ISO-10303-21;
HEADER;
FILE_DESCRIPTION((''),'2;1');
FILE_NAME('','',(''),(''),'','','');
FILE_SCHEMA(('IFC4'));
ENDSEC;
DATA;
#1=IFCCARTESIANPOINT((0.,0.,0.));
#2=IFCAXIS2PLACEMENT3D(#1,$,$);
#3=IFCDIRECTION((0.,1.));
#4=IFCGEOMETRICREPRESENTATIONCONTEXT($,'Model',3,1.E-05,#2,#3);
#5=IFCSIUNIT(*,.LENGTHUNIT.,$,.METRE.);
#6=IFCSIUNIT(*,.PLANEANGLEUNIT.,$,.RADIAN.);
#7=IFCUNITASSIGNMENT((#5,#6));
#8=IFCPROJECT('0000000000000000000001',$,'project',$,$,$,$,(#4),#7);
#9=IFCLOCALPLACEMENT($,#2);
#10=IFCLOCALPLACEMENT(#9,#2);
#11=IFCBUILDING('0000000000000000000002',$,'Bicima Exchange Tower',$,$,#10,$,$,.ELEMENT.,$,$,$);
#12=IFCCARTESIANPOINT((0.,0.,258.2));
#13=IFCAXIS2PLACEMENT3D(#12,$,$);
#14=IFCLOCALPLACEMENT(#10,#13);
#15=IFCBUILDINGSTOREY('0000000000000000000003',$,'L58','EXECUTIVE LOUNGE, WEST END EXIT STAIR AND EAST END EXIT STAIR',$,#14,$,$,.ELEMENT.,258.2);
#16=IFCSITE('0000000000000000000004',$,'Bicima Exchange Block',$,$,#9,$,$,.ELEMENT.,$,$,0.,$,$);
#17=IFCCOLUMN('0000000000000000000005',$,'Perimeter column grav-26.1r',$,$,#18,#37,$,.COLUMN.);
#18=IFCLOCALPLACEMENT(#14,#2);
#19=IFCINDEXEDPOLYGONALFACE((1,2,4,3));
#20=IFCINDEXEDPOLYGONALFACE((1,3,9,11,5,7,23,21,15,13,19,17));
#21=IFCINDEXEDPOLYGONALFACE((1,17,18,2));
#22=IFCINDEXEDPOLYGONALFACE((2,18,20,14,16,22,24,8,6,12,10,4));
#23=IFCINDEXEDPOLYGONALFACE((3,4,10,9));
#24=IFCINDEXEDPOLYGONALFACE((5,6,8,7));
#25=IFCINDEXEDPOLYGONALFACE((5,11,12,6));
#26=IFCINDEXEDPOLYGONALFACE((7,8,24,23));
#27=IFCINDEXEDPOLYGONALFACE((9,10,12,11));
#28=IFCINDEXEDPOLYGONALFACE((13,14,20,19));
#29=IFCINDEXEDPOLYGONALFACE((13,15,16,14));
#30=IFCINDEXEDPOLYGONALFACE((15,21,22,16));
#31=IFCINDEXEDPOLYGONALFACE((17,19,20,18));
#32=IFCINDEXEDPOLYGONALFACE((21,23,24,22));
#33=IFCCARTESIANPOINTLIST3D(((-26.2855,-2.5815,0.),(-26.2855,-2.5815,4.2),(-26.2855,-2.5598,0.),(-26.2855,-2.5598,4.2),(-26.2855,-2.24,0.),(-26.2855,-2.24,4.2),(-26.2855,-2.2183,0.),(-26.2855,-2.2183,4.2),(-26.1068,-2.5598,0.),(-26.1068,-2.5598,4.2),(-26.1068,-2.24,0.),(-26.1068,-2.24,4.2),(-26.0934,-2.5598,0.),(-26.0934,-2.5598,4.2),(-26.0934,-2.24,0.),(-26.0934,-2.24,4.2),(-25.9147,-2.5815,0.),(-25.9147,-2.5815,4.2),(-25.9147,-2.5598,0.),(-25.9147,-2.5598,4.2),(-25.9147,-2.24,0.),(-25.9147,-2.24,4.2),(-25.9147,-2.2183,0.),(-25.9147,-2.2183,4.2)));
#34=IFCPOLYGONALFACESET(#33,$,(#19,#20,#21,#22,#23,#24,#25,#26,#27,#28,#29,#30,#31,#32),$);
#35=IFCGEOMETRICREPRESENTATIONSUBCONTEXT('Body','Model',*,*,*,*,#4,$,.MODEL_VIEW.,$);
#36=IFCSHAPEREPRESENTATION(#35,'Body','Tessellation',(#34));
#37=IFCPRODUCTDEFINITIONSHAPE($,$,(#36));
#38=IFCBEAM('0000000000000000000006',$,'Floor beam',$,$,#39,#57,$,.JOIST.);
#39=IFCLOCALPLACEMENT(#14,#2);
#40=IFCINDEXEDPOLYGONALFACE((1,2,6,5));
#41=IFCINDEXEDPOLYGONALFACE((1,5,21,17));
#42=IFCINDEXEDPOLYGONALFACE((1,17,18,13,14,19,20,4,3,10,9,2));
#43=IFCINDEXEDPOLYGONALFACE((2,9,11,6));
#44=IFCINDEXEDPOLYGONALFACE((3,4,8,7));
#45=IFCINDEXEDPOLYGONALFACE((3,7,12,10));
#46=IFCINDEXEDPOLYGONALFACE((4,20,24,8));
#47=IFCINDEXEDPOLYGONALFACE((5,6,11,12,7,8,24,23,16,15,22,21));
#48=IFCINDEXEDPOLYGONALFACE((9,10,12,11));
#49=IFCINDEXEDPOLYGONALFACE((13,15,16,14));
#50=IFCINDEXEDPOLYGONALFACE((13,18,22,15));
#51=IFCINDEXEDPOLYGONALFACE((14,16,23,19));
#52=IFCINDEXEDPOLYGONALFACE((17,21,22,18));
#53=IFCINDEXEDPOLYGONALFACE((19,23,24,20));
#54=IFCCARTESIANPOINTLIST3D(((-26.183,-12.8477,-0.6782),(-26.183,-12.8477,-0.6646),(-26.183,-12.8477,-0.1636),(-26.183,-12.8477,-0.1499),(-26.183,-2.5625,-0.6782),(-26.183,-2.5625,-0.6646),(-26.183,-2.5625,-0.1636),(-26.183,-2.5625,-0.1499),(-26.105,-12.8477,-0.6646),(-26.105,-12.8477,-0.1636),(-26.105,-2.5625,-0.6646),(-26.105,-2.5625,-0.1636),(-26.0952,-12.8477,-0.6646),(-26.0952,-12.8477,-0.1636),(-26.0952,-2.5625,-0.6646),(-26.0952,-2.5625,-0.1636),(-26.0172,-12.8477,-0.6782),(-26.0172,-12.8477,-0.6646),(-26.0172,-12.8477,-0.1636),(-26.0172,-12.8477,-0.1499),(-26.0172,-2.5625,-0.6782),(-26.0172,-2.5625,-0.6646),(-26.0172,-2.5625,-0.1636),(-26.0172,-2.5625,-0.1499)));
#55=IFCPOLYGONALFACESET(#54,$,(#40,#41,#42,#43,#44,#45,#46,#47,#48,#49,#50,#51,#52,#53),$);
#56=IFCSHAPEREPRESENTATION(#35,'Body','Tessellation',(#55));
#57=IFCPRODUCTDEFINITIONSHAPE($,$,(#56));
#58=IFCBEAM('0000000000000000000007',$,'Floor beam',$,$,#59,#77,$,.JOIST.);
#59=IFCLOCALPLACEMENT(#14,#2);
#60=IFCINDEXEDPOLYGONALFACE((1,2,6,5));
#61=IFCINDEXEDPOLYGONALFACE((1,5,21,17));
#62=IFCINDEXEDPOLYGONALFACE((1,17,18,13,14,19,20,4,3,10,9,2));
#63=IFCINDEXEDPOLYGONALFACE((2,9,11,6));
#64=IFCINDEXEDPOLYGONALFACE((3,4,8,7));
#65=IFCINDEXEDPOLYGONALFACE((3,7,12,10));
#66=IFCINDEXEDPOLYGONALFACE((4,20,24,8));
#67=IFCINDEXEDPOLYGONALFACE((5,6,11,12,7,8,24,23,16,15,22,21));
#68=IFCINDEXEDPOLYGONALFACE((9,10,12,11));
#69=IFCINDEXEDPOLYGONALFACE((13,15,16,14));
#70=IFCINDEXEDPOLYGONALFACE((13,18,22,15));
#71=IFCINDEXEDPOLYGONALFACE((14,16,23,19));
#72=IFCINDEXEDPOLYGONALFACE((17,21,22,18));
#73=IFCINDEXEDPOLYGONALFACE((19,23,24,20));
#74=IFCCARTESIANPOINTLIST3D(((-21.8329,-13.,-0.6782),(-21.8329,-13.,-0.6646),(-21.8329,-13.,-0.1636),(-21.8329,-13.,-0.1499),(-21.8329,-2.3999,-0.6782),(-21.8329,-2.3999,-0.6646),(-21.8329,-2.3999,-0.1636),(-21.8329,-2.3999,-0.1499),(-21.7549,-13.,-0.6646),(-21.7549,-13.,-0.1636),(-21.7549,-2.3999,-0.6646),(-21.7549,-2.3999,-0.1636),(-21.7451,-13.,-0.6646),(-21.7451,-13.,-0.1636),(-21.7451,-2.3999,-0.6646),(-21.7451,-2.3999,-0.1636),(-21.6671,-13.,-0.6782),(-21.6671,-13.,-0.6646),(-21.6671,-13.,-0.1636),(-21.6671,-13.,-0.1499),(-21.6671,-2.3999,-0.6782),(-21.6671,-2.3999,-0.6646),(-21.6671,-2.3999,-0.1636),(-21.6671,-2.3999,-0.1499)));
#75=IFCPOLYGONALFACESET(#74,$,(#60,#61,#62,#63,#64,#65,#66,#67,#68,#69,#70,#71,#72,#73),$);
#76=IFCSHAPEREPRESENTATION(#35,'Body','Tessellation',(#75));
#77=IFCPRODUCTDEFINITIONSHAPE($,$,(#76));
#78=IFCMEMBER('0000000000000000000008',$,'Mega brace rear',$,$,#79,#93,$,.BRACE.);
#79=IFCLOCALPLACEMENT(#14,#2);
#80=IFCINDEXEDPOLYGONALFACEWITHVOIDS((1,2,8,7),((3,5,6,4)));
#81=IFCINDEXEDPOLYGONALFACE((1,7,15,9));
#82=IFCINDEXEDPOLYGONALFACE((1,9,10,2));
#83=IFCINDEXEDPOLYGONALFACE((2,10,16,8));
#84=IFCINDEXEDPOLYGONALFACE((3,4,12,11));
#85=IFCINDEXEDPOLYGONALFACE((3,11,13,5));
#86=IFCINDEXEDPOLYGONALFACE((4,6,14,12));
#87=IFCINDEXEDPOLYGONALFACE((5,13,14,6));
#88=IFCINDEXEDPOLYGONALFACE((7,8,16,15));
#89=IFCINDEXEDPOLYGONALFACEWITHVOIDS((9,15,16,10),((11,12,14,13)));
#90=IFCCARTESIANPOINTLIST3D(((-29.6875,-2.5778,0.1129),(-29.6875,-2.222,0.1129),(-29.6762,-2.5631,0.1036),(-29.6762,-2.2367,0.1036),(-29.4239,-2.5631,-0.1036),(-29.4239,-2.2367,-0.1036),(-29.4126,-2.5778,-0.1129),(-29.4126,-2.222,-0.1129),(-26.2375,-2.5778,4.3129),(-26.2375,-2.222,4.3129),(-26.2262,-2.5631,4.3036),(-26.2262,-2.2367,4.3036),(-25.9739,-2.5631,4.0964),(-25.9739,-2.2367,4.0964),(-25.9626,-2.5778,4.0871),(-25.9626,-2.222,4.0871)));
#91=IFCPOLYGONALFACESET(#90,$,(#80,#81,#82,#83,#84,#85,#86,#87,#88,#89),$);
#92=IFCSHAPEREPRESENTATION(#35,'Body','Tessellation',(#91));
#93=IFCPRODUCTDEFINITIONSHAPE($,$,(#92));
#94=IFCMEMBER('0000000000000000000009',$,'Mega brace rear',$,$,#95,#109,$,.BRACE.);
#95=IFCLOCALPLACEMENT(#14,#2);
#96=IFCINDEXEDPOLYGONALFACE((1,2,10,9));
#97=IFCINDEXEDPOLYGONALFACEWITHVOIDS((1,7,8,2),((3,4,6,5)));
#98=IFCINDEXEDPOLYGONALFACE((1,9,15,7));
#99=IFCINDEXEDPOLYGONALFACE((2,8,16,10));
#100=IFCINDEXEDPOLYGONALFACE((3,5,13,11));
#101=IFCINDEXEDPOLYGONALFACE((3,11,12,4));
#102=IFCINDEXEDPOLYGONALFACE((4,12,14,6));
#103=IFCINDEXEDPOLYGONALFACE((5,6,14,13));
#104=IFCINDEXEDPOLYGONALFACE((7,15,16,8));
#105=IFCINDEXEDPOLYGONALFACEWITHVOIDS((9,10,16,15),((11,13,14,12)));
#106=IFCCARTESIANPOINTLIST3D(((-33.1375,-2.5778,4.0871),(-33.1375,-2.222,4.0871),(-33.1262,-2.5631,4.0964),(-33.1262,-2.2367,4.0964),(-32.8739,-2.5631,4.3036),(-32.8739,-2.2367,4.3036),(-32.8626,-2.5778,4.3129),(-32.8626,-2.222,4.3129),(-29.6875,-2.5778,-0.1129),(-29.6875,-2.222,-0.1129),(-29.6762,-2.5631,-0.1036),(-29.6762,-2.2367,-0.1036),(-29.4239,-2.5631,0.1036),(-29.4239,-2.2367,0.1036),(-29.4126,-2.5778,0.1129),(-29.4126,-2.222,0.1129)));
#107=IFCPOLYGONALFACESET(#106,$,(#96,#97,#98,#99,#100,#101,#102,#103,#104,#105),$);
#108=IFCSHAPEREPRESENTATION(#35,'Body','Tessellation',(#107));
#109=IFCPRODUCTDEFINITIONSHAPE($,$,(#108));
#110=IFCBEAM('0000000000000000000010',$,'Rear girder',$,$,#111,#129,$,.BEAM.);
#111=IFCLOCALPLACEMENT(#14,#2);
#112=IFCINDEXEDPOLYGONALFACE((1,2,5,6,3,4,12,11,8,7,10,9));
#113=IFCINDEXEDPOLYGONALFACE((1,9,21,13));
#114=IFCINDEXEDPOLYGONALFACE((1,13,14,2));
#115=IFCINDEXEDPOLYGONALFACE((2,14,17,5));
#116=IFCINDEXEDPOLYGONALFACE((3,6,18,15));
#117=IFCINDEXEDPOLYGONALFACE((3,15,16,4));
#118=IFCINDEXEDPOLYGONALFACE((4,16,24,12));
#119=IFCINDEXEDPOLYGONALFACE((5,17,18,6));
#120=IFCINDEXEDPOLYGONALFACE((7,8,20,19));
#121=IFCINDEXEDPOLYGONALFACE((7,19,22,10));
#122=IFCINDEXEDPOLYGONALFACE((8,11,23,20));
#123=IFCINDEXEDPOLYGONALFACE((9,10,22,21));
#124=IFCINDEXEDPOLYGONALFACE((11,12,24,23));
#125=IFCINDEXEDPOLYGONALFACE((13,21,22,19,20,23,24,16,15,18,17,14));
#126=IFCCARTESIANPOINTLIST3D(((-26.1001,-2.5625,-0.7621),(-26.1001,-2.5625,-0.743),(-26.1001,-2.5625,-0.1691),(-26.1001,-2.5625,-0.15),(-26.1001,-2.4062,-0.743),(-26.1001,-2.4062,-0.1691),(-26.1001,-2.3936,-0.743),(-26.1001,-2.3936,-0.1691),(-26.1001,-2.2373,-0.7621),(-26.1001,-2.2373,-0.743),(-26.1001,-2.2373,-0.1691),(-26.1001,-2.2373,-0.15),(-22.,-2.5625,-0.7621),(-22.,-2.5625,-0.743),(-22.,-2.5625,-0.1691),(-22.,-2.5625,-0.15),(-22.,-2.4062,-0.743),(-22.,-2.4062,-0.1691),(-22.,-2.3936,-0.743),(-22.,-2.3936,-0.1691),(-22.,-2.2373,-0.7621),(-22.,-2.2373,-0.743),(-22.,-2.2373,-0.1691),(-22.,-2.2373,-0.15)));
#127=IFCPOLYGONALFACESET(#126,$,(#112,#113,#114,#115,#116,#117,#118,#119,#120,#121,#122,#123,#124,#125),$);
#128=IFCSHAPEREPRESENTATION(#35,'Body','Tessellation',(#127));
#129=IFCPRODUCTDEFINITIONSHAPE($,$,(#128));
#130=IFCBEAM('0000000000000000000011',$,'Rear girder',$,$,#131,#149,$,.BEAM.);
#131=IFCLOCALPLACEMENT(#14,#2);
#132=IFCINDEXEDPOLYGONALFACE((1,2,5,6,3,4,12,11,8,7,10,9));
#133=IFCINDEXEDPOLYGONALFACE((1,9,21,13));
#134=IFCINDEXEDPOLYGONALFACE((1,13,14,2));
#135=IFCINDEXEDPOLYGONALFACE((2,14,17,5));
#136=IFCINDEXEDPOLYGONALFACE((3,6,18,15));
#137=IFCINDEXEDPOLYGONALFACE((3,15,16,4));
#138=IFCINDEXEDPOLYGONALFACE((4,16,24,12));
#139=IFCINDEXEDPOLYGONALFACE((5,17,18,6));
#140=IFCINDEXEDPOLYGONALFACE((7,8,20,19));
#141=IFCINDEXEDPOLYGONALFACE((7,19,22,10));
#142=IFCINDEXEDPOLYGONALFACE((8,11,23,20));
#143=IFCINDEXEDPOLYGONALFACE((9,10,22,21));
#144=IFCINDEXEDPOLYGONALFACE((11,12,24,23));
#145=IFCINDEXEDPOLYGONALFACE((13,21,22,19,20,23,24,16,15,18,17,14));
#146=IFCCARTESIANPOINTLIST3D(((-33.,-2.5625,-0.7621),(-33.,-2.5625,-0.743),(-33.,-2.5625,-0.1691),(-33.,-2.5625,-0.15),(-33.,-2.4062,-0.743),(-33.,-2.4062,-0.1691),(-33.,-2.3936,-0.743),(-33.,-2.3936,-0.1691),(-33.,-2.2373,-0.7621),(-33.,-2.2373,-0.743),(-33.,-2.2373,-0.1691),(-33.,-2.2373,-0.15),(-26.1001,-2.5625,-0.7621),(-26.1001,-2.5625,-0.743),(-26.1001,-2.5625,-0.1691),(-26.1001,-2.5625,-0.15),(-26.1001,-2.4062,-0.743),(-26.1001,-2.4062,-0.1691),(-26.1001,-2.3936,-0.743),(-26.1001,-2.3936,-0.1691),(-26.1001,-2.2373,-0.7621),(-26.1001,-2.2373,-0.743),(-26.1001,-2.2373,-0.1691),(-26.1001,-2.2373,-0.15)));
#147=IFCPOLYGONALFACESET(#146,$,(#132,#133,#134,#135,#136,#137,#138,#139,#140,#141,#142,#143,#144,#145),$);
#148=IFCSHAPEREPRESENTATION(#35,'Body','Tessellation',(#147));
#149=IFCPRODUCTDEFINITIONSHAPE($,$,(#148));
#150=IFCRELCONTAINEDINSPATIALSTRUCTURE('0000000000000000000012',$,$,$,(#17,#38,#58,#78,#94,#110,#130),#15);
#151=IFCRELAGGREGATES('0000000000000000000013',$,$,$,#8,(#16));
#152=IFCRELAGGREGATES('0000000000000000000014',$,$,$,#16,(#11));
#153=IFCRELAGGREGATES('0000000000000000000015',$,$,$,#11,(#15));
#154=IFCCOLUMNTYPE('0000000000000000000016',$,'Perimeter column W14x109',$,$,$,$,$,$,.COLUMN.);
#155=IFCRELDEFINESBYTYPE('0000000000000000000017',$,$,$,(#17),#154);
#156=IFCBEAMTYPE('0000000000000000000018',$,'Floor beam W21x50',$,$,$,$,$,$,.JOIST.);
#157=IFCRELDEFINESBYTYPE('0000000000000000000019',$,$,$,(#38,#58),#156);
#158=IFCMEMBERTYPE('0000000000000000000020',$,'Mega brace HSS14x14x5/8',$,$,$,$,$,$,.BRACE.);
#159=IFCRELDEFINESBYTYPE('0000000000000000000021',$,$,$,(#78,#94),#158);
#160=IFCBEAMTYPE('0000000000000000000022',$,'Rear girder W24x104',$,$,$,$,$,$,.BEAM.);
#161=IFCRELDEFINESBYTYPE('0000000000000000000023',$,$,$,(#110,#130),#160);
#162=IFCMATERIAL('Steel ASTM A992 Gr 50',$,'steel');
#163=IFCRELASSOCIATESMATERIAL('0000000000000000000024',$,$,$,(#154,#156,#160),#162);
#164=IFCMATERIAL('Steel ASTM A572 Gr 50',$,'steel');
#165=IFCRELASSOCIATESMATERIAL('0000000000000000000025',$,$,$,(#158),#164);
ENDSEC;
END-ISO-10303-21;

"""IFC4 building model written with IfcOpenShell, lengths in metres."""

from ifc_helpers import new_model, si_unit, direction, frame, origin, origin_2d, place, context, subcontext, project, spatial, hollow_rectangle, i_section, extrude, material, material_profile, profile_set, type_object, element, save


model = new_model("IFC4")

# Units and contexts
model_context = context("Model", 3, precision=1e-05, world=origin(), true_north=direction((0.0, 1.0)))
body_context = subcontext(model_context, "Body", "Model", "MODEL_VIEW")
ifc_project = project(units=[si_unit("LENGTHUNIT", "METRE"), si_unit("PLANEANGLEUNIT", "RADIAN")], contexts=[model_context])

# Site, building, storey
site_placement = place(None, origin())
site = spatial("IfcSite", under=ifc_project, at=site_placement, Name="Bicima Exchange Block", CompositionType="ELEMENT", RefElevation=0.0)
building_placement = place(site_placement, origin())
building = spatial("IfcBuilding", under=site, at=building_placement, Name="Bicima Exchange Tower", CompositionType="ELEMENT")
storey_placement = place(building_placement, frame((0.0, 0.0, 258.2)))
storey = spatial("IfcBuildingStorey", under=building, at=storey_placement, Name="L58", Description="EXECUTIVE LOUNGE, WEST END EXIT STAIR AND EAST END EXIT STAIR", CompositionType="ELEMENT", Elevation=258.2)

# Column
ifc_material_1 = material(Name="Steel ASTM A992 Gr 50", Category="steel")
ifc_material_profile_1 = material_profile(ifc_material_1, i_section(OverallWidth=0.3708, OverallDepth=0.3633, WebThickness=0.0134, FlangeThickness=0.0217, at=origin_2d()))
ifc_profile_set_1 = profile_set([ifc_material_profile_1], Name="Steel ASTM A992 Gr 50")
column_type = type_object("IfcColumnType", Name="Perimeter column W14x109", PredefinedType="COLUMN", material=ifc_profile_set_1)
column_placement = place(storey_placement, frame((-26.1001, -2.3999, 0.0), z_axis=(0.0, 0.0, 1.0), x_axis=(1.0, 0.0, 0.0)))
element("IfcColumn", 1, at=column_placement, inside=storey, type_object=column_type, Name="Perimeter column grav-26.1r", PredefinedType="COLUMN", context=body_context, shape_type="SweptSolid", body=[
    extrude(i_section(OverallWidth=0.3708, OverallDepth=0.3633, WebThickness=0.0134, FlangeThickness=0.0217, at=origin_2d()), origin(), (0.0, 0.0, 1.0), 4.2),
])

# Beams
ifc_material_profile_2 = material_profile(ifc_material_1, i_section(OverallWidth=0.1658, OverallDepth=0.5283, WebThickness=0.0098, FlangeThickness=0.0137, at=origin_2d()))
ifc_profile_set_2 = profile_set([ifc_material_profile_2], Name="Steel ASTM A992 Gr 50")
beam_type_1 = type_object("IfcBeamType", Name="Floor beam W21x50", PredefinedType="JOIST", material=ifc_profile_set_2)
beam_1_placement = place(storey_placement, frame((-26.1001, -2.5625, -0.4141), z_axis=(0.0, -1.0, 0.0), x_axis=(1.0, 0.0, 0.0)))
element("IfcBeam", 2, at=beam_1_placement, inside=storey, type_object=beam_type_1, Name="Floor beam", PredefinedType="JOIST", context=body_context, shape_type="SweptSolid", body=[
    extrude(i_section(OverallWidth=0.1658, OverallDepth=0.5283, WebThickness=0.0098, FlangeThickness=0.0137, at=origin_2d()), origin(), (0.0, 0.0, 1.0), 10.2852),
])
beam_2_placement = place(storey_placement, frame((-21.75, -2.3999, -0.4141), z_axis=(0.0, -1.0, 0.0), x_axis=(1.0, 0.0, 0.0)))
element("IfcBeam", 3, at=beam_2_placement, inside=storey, type_object=beam_type_1, Name="Floor beam", PredefinedType="JOIST", context=body_context, shape_type="SweptSolid", body=[
    extrude(i_section(OverallWidth=0.1658, OverallDepth=0.5283, WebThickness=0.0098, FlangeThickness=0.0137, at=origin_2d()), origin(), (0.0, 0.0, 1.0), 10.6001),
])

# Members
ifc_material_2 = material(Name="Steel ASTM A572 Gr 50", Category="steel")
ifc_material_profile_3 = material_profile(ifc_material_2, hollow_rectangle(XDim=0.3557, YDim=0.3557, WallThickness=0.0146, at=origin_2d()))
ifc_profile_set_3 = profile_set([ifc_material_profile_3], Name="Steel ASTM A572 Gr 50")
member_type = type_object("IfcMemberType", Name="Mega brace HSS14x14x5/8", PredefinedType="BRACE", material=ifc_profile_set_3)
for number, where, z_axis, x_axis, name in (
    (4, (-29.55, -2.3999, 0.0), (0.634738, 0.0, 0.772727), (0.0, 1.0, 0.0), "Mega brace rear"),
    (5, (-29.55, -2.3999, 0.0), (-0.634738, 0.0, 0.772727), (0.0, -1.0, 0.0), "Mega brace rear"),
):
    element("IfcMember", number, at=place(storey_placement, frame(where, z_axis=z_axis, x_axis=x_axis)), inside=storey, type_object=member_type, Name=name, PredefinedType="BRACE", context=body_context, shape_type="SweptSolid", body=[
        extrude(hollow_rectangle(XDim=0.3557, YDim=0.3557, WallThickness=0.0146, at=origin_2d()), origin(), (0.0, 0.0, 1.0), 5.4353),
    ])

# Beams
ifc_material_profile_4 = material_profile(ifc_material_1, i_section(OverallWidth=0.3252, OverallDepth=0.6121, WebThickness=0.0127, FlangeThickness=0.019, at=origin_2d()))
ifc_profile_set_4 = profile_set([ifc_material_profile_4], Name="Steel ASTM A992 Gr 50")
beam_type_2 = type_object("IfcBeamType", Name="Rear girder W24x104", PredefinedType="BEAM", material=ifc_profile_set_4)
beam_3_placement = place(storey_placement, frame((-22.0, -2.3999, -0.4561), z_axis=(-1.0, 0.0, 0.0), x_axis=(0.0, -1.0, 0.0)))
element("IfcBeam", 6, at=beam_3_placement, inside=storey, type_object=beam_type_2, Name="Rear girder", PredefinedType="BEAM", context=body_context, shape_type="SweptSolid", body=[
    extrude(i_section(OverallWidth=0.3252, OverallDepth=0.6121, WebThickness=0.0127, FlangeThickness=0.019, at=origin_2d()), origin(), (0.0, 0.0, 1.0), 4.1001),
])
beam_4_placement = place(storey_placement, frame((-26.1001, -2.3999, -0.4561), z_axis=(-1.0, 0.0, 0.0), x_axis=(0.0, -1.0, 0.0)))
element("IfcBeam", 7, at=beam_4_placement, inside=storey, type_object=beam_type_2, Name="Rear girder", PredefinedType="BEAM", context=body_context, shape_type="SweptSolid", body=[
    extrude(i_section(OverallWidth=0.3252, OverallDepth=0.6121, WebThickness=0.0127, FlangeThickness=0.019, at=origin_2d()), origin(), (0.0, 0.0, 1.0), 6.8999),
])

save(model, "model.ifc")
